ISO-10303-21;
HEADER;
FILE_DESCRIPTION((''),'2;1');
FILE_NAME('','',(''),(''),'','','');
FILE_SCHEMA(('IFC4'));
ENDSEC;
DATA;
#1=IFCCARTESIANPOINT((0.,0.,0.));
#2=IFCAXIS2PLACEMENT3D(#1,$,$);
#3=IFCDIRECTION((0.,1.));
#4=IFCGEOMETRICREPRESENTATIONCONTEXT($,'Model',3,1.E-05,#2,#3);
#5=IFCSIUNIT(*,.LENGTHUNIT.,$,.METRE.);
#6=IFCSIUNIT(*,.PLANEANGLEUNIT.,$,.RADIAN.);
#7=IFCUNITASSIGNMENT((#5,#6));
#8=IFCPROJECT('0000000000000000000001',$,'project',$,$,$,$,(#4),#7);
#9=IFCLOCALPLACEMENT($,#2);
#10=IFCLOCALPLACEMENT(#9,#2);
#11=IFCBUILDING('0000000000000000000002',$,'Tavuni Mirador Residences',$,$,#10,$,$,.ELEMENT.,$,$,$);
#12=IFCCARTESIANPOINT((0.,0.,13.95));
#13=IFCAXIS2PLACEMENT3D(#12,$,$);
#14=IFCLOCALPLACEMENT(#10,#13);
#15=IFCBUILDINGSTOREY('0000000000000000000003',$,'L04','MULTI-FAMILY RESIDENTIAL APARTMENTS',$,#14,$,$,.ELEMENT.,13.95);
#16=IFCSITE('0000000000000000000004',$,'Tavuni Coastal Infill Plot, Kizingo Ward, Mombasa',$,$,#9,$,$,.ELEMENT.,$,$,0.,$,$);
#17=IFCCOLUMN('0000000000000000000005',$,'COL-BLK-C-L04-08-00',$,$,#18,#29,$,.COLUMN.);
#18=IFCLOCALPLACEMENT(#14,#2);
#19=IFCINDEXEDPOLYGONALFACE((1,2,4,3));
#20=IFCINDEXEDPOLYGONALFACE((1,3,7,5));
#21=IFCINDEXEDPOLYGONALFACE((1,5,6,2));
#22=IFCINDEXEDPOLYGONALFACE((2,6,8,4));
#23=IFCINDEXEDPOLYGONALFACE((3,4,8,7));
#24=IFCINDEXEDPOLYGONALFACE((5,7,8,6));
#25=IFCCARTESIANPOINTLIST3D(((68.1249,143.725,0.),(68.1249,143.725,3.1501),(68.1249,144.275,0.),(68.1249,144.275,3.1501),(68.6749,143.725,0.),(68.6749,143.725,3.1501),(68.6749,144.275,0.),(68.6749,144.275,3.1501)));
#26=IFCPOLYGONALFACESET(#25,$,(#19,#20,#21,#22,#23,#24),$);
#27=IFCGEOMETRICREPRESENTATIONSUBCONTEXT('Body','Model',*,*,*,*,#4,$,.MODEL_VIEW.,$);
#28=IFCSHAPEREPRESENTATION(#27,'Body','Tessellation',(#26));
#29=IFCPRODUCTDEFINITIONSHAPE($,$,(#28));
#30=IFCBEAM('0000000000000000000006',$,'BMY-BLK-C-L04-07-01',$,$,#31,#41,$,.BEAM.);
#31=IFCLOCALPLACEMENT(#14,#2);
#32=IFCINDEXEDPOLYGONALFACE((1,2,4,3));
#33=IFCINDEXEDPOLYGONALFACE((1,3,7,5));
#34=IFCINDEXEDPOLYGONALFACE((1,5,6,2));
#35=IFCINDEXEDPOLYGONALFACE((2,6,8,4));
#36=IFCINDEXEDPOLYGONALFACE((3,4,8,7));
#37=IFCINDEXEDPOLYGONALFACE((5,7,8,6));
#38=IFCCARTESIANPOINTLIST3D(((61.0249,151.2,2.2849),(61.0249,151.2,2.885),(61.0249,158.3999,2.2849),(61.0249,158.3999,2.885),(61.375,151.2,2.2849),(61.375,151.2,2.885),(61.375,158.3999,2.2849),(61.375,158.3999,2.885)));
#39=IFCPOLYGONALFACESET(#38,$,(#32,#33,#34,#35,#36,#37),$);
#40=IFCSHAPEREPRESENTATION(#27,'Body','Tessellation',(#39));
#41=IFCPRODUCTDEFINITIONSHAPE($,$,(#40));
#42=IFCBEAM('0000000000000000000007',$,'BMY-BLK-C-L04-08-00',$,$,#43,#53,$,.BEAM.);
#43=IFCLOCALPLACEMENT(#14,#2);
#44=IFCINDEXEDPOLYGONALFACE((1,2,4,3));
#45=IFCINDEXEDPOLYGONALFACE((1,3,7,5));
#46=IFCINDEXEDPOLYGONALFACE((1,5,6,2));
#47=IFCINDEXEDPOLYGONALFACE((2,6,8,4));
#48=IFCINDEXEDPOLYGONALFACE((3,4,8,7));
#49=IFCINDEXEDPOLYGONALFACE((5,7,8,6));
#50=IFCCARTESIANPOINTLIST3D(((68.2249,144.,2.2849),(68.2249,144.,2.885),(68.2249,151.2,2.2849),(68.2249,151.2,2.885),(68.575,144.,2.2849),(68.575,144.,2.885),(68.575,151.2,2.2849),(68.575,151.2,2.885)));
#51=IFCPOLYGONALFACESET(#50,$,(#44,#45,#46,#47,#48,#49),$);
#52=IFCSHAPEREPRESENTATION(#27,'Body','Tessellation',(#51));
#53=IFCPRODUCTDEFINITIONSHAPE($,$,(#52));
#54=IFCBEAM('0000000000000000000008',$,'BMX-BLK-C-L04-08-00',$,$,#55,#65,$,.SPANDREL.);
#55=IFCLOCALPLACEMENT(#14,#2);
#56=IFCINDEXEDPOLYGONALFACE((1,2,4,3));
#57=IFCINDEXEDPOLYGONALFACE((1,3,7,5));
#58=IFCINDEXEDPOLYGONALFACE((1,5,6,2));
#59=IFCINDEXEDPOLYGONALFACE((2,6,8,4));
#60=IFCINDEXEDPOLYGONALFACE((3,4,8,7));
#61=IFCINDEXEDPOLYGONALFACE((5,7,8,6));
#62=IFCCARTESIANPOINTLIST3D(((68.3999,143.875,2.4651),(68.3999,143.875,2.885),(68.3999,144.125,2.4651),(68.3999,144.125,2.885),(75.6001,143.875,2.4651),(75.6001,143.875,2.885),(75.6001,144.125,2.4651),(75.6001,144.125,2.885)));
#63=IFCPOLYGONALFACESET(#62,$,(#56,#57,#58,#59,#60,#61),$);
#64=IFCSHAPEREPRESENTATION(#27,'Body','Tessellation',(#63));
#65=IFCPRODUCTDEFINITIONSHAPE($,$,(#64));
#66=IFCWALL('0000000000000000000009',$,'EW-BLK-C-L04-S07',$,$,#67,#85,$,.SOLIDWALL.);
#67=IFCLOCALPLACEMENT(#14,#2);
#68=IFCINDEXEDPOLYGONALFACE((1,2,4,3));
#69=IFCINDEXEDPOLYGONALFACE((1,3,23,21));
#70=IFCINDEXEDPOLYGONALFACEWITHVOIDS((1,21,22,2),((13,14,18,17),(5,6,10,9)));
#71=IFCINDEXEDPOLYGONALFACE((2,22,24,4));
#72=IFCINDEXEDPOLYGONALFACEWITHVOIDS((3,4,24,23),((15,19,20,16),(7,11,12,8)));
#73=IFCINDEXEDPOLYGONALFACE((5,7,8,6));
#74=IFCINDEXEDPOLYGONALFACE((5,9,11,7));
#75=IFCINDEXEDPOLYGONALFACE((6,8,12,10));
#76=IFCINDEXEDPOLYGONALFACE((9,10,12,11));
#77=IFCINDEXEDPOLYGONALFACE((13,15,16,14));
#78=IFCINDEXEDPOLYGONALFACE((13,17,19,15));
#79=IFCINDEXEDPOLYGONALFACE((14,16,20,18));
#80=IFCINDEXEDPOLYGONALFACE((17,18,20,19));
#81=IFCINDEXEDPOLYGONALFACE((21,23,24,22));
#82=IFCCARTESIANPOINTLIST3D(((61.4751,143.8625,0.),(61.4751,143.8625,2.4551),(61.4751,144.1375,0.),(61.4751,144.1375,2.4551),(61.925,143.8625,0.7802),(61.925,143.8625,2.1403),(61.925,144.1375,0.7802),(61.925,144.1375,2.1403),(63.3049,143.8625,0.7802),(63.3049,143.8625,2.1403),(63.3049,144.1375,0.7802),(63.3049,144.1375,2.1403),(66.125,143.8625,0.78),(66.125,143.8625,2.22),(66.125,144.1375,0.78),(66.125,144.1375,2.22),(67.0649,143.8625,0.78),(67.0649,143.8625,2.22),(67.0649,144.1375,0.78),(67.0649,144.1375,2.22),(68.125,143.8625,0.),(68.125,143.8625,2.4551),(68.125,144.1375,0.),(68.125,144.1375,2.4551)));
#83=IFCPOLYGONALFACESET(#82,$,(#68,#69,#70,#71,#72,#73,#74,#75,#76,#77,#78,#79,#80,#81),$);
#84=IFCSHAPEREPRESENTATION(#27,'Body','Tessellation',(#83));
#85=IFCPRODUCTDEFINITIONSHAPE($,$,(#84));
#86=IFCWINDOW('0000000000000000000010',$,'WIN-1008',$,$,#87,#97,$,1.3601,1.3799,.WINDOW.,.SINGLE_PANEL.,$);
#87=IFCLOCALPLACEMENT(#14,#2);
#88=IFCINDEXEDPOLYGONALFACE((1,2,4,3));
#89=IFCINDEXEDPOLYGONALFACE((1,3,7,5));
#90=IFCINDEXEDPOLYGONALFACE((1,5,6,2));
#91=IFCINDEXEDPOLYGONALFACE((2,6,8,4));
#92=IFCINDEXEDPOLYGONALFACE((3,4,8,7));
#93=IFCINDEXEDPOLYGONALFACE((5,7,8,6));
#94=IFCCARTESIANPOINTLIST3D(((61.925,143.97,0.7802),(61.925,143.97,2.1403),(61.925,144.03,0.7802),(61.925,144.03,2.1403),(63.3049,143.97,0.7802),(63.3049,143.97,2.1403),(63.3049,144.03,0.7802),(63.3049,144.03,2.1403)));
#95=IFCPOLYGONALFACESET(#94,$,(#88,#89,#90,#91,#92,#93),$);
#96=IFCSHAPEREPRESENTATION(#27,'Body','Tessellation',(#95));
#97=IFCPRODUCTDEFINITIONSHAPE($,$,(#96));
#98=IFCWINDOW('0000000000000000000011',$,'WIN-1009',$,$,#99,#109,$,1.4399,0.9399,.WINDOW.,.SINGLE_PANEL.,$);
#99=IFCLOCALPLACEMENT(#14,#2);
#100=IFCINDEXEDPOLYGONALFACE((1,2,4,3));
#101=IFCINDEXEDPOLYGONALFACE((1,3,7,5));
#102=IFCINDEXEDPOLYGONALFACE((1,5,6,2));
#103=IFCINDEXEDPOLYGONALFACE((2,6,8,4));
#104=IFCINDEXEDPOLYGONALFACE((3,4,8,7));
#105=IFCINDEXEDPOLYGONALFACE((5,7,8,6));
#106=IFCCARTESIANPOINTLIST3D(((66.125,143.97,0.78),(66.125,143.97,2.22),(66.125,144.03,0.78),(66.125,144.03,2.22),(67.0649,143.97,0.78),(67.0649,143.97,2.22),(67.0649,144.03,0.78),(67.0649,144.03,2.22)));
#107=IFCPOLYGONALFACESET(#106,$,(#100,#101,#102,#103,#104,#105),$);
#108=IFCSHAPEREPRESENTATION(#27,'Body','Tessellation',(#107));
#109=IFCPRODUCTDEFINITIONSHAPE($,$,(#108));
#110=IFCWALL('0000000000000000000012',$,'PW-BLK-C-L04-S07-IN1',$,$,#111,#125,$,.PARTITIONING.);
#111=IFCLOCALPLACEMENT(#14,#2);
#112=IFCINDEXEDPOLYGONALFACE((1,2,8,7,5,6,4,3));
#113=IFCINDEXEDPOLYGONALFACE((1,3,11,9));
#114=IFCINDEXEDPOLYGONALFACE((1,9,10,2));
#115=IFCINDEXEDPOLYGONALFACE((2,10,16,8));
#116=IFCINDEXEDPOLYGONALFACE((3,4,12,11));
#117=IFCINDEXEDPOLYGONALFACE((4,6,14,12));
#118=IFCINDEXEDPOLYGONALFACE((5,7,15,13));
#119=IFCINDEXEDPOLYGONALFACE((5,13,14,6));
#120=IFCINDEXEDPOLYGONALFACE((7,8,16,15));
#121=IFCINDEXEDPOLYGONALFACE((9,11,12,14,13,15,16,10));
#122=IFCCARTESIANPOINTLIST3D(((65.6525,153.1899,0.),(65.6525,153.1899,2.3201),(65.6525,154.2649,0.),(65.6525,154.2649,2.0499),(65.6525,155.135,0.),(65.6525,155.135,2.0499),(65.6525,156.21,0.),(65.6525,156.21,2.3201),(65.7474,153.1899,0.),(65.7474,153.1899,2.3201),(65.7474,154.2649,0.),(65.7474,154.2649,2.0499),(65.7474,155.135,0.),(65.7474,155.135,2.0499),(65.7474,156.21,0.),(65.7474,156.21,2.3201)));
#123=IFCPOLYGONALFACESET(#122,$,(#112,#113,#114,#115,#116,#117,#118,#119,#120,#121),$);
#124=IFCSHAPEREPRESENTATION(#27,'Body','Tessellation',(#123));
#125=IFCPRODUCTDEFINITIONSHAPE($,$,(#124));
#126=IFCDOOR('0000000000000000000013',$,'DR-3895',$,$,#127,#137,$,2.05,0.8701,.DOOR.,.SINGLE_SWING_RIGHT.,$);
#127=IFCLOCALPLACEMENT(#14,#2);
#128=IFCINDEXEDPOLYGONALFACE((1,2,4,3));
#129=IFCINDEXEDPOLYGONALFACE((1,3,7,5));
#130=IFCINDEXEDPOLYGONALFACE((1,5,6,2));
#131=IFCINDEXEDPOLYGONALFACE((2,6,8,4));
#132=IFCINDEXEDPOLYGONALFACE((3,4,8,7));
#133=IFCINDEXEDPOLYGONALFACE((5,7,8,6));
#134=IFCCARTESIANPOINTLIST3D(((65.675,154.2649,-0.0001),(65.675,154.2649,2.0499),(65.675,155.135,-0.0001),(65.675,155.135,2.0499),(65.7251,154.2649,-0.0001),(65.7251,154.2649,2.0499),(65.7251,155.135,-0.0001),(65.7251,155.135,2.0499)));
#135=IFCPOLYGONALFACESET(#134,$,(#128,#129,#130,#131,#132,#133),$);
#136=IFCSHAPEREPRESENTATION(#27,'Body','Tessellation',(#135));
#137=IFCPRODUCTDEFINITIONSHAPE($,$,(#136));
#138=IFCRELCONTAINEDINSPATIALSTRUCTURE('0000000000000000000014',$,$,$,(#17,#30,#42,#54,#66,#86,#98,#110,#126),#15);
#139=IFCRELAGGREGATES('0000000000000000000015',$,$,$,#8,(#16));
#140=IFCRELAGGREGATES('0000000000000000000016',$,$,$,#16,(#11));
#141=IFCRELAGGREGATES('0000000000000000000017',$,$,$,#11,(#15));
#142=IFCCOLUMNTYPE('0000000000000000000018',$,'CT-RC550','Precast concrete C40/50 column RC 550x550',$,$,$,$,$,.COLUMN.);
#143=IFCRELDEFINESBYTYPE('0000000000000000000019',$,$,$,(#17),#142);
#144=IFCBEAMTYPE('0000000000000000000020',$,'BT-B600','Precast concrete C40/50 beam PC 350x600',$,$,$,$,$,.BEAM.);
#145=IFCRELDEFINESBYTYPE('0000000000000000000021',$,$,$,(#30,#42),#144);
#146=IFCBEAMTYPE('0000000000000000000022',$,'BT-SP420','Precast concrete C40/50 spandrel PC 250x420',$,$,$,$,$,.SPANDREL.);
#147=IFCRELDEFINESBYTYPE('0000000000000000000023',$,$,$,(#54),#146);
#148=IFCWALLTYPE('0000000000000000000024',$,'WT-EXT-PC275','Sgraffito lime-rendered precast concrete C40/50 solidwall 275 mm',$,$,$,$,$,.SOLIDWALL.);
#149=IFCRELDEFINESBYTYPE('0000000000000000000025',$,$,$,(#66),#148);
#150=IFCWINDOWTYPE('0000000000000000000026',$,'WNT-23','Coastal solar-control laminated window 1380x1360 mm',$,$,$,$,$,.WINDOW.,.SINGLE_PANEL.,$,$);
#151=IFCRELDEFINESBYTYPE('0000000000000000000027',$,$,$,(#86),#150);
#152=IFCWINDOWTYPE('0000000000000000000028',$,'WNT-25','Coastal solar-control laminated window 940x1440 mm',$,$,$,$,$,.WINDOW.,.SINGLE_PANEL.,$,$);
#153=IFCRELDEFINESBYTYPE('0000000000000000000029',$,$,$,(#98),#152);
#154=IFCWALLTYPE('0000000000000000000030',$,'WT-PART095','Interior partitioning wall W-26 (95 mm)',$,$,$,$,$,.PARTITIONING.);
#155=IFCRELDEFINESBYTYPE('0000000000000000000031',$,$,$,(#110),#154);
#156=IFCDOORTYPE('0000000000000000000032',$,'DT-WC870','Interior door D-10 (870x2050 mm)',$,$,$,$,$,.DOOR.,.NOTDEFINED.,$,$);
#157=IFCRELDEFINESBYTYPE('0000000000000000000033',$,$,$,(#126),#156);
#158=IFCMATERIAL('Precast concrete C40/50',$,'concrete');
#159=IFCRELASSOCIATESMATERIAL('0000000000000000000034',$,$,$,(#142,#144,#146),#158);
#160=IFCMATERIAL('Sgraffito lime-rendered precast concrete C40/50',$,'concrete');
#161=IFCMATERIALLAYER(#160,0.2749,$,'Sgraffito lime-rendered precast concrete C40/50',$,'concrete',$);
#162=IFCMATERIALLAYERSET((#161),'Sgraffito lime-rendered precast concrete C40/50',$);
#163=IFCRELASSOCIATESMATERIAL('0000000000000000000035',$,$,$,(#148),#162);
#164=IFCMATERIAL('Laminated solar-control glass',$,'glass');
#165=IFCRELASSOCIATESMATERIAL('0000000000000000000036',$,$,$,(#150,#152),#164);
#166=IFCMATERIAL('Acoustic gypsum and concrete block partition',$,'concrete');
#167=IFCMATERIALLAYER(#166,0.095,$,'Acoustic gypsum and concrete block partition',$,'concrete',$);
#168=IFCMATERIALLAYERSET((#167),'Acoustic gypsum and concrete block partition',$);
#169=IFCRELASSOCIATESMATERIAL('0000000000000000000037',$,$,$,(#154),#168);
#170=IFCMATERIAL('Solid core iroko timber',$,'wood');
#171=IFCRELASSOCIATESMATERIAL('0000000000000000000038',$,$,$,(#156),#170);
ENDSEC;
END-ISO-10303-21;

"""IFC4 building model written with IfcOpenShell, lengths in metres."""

from ifc_helpers import new_model, si_unit, direction, frame, frame_2d, origin, origin_2d, place, context, subcontext, project, spatial, rectangle, extrude, material, layer, layer_set, material_profile, profile_set, type_object, element, fill, save


model = new_model("IFC4")

# Units and contexts
model_context = context("Model", 3, precision=1e-05, world=origin(), true_north=direction((0.0, 1.0)))
body_context = subcontext(model_context, "Body", "Model", "MODEL_VIEW")
ifc_project = project(units=[si_unit("LENGTHUNIT", "METRE"), si_unit("PLANEANGLEUNIT", "RADIAN")], contexts=[model_context])

# Site, building, storey
site_placement = place(None, origin())
site = spatial("IfcSite", under=ifc_project, at=site_placement, Name="Tavuni Coastal Infill Plot, Kizingo Ward, Mombasa", CompositionType="ELEMENT", RefElevation=0.0)
building_placement = place(site_placement, origin())
building = spatial("IfcBuilding", under=site, at=building_placement, Name="Tavuni Mirador Residences", CompositionType="ELEMENT")
storey_placement = place(building_placement, frame((0.0, 0.0, 13.95)))
storey = spatial("IfcBuildingStorey", under=building, at=storey_placement, Name="L04", Description="MULTI-FAMILY RESIDENTIAL APARTMENTS", CompositionType="ELEMENT", Elevation=13.95)

# Column
ifc_material_1 = material(Name="Precast concrete C40/50", Category="concrete")
ifc_material_profile_1 = material_profile(ifc_material_1, rectangle(XDim=0.55, YDim=0.55, at=origin_2d()), Name="RC 550x550", Category="concrete")
ifc_profile_set_1 = profile_set([ifc_material_profile_1], Name="Precast concrete C40/50")
column_type = type_object("IfcColumnType", Name="CT-RC550", Description="Precast concrete C40/50 column RC 550x550", PredefinedType="COLUMN", material=ifc_profile_set_1)
column_placement = place(storey_placement, frame((68.3999, 144.0, 0.0), z_axis=(0.0, 0.0, 1.0), x_axis=(1.0, 0.0, 0.0)))
element("IfcColumn", 1, at=column_placement, inside=storey, type_object=column_type, Name="COL-BLK-C-L04-08-00", PredefinedType="COLUMN", context=body_context, shape_type="SweptSolid", body=[
    extrude(rectangle(XDim=0.55, YDim=0.55, at=origin_2d()), origin(), (0.0, 0.0, 1.0), 3.1501),
])

# Beams
ifc_material_profile_2 = material_profile(ifc_material_1, rectangle(XDim=0.3501, YDim=0.6001, at=origin_2d()), Name="PC 350x600", Category="concrete")
ifc_profile_set_2 = profile_set([ifc_material_profile_2], Name="Precast concrete C40/50")
beam_type_1 = type_object("IfcBeamType", Name="BT-B600", Description="Precast concrete C40/50 beam PC 350x600", PredefinedType="BEAM", material=ifc_profile_set_2)
for number, where, z_axis, x_axis, name in (
    (2, (61.2, 151.2, 2.585), (0.0, 1.0, 0.0), (-1.0, 0.0, 0.0), "BMY-BLK-C-L04-07-01"),
    (3, (68.3999, 144.0, 2.585), (0.0, 1.0, 0.0), (-1.0, 0.0, 0.0), "BMY-BLK-C-L04-08-00"),
):
    element("IfcBeam", number, at=place(storey_placement, frame(where, z_axis=z_axis, x_axis=x_axis)), inside=storey, type_object=beam_type_1, Name=name, PredefinedType="BEAM", context=body_context, shape_type="SweptSolid", body=[
        extrude(rectangle(XDim=0.3501, YDim=0.6001, at=origin_2d()), origin(), (0.0, 0.0, 1.0), 7.2),
    ])
ifc_material_profile_3 = material_profile(ifc_material_1, rectangle(XDim=0.25, YDim=0.4199, at=origin_2d()), Name="PC 250x420", Category="concrete")
ifc_profile_set_3 = profile_set([ifc_material_profile_3], Name="Precast concrete C40/50")
beam_type_2 = type_object("IfcBeamType", Name="BT-SP420", Description="Precast concrete C40/50 spandrel PC 250x420", PredefinedType="SPANDREL", material=ifc_profile_set_3)
beam_placement = place(storey_placement, frame((68.3999, 144.0, 2.675), z_axis=(1.0, 0.0, 0.0), x_axis=(0.0, 1.0, 0.0)))
element("IfcBeam", 4, at=beam_placement, inside=storey, type_object=beam_type_2, Name="BMX-BLK-C-L04-08-00", PredefinedType="SPANDREL", context=body_context, shape_type="SweptSolid", body=[
    extrude(rectangle(XDim=0.25, YDim=0.4199, at=origin_2d()), origin(), (0.0, 0.0, 1.0), 7.2002),
])

# Shared definitions
ifc_material_2 = material(Name="Solid core iroko timber", Category="wood")

# Wall, openings, windows
ifc_material_3 = material(Name="Sgraffito lime-rendered precast concrete C40/50", Category="concrete")
ifc_layer_1 = layer(ifc_material_3, 0.2749, Name="Sgraffito lime-rendered precast concrete C40/50", Category="concrete")
ifc_layer_set_1 = layer_set([ifc_layer_1], Name="Sgraffito lime-rendered precast concrete C40/50")
wall_type_1 = type_object("IfcWallType", Name="WT-EXT-PC275", Description="Sgraffito lime-rendered precast concrete C40/50 solidwall 275 mm", PredefinedType="SOLIDWALL", material=ifc_layer_set_1)
wall_1_placement = place(storey_placement, frame((61.4751, 144.0, 0.0), z_axis=(0.0, 0.0, 1.0), x_axis=(1.0, 0.0, 0.0)))
wall_1 = element("IfcWall", 5, at=wall_1_placement, inside=storey, type_object=wall_type_1, Name="EW-BLK-C-L04-S07", PredefinedType="SOLIDWALL", context=body_context, shape_type="SweptSolid", body=[
    extrude(rectangle(XDim=6.6499, YDim=0.2749, at=frame_2d((3.325, 0.0))), origin(), (0.0, 0.0, 1.0), 2.4551),
])
opening_1_placement = place(wall_1_placement, frame((0.45, 0.0, 0.78)))
opening_1 = element("IfcOpeningElement", 6, at=opening_1_placement, cuts=wall_1, PredefinedType="OPENING", context=body_context, shape_type="SweptSolid", body=[
    extrude(rectangle(XDim=1.3799, YDim=1.3601, at=frame_2d((0.6899, 0.6802))), frame((0.0, 0.1475, 0.0), z_axis=(0.0, -1.0, 0.0), x_axis=(1.0, 0.0, 0.0)), (0.0, 0.0, 1.0), 0.2949),
])
opening_2_placement = place(wall_1_placement, frame((4.6499, 0.0, 0.78)))
opening_2 = element("IfcOpeningElement", 7, at=opening_2_placement, cuts=wall_1, PredefinedType="OPENING", context=body_context, shape_type="SweptSolid", body=[
    extrude(rectangle(XDim=0.9399, YDim=1.4399, at=frame_2d((0.47, 0.72))), frame((0.0, 0.1475, 0.0), z_axis=(0.0, -1.0, 0.0), x_axis=(1.0, 0.0, 0.0)), (0.0, 0.0, 1.0), 0.2949),
])
ifc_material_4 = material(Name="Laminated solar-control glass", Category="glass")
window_type_1 = type_object("IfcWindowType", Name="WNT-23", Description="Coastal solar-control laminated window 1380x1360 mm", PartitioningType="SINGLE_PANEL", PredefinedType="WINDOW", material=ifc_material_4)
window_1_placement = place(opening_1_placement, origin())
window_1 = element("IfcWindow", 8, at=window_1_placement, inside=storey, type_object=window_type_1, Name="WIN-1008", OverallHeight=1.3601, OverallWidth=1.3799, PartitioningType="SINGLE_PANEL", PredefinedType="WINDOW", context=body_context, shape_type="SweptSolid", body=[
    extrude(rectangle(XDim=1.3799, YDim=1.3601, at=frame_2d((0.6899, 0.6802))), frame((0.0, 0.03, 0.0), z_axis=(0.0, -1.0, 0.0), x_axis=(1.0, 0.0, 0.0)), (0.0, 0.0, 1.0), 0.0601),
])
fill(opening_1, window_1)
window_type_2 = type_object("IfcWindowType", Name="WNT-25", Description="Coastal solar-control laminated window 940x1440 mm", PartitioningType="SINGLE_PANEL", PredefinedType="WINDOW", material=ifc_material_4)
window_2_placement = place(opening_2_placement, origin())
window_2 = element("IfcWindow", 9, at=window_2_placement, inside=storey, type_object=window_type_2, Name="WIN-1009", OverallHeight=1.4399, OverallWidth=0.9399, PartitioningType="SINGLE_PANEL", PredefinedType="WINDOW", context=body_context, shape_type="SweptSolid", body=[
    extrude(rectangle(XDim=0.9399, YDim=1.4399, at=frame_2d((0.47, 0.72))), frame((0.0, 0.03, 0.0), z_axis=(0.0, -1.0, 0.0), x_axis=(1.0, 0.0, 0.0)), (0.0, 0.0, 1.0), 0.0601),
])
fill(opening_2, window_2)

# Wall, opening, door
ifc_material_5 = material(Name="Acoustic gypsum and concrete block partition", Category="concrete")
ifc_layer_2 = layer(ifc_material_5, 0.095, Name="Acoustic gypsum and concrete block partition", Category="concrete")
ifc_layer_set_2 = layer_set([ifc_layer_2], Name="Acoustic gypsum and concrete block partition")
wall_type_2 = type_object("IfcWallType", Name="WT-PART095", Description="Interior partitioning wall W-26 (95 mm)", PredefinedType="PARTITIONING", material=ifc_layer_set_2)
wall_2_placement = place(storey_placement, frame((65.7, 153.1899, 0.0), z_axis=(0.0, 0.0, 1.0), x_axis=(0.0, 1.0, 0.0)))
wall_2 = element("IfcWall", 10, at=wall_2_placement, inside=storey, type_object=wall_type_2, Name="PW-BLK-C-L04-S07-IN1", PredefinedType="PARTITIONING", context=body_context, shape_type="SweptSolid", body=[
    extrude(rectangle(XDim=3.02, YDim=0.095, at=frame_2d((1.51, 0.0))), origin(), (0.0, 0.0, 1.0), 2.3201),
])
opening_3_placement = place(wall_2_placement, frame((1.075, 0.0, 0.0)))
opening_3 = element("IfcOpeningElement", 11, at=opening_3_placement, cuts=wall_2, PredefinedType="OPENING", context=body_context, shape_type="SweptSolid", body=[
    extrude(rectangle(XDim=0.8701, YDim=2.05, at=frame_2d((0.4351, 1.0249))), frame((0.0, 0.0576, 0.0), z_axis=(0.0, -1.0, 0.0), x_axis=(1.0, 0.0, 0.0)), (0.0, 0.0, 1.0), 0.115),
])
door_type_1 = type_object("IfcDoorType", Name="DT-WC870", Description="Interior door D-10 (870x2050 mm)", OperationType="NOTDEFINED", PredefinedType="DOOR", material=ifc_material_2)
door_1_placement = place(opening_3_placement, origin())
door_1 = element("IfcDoor", 12, at=door_1_placement, inside=storey, type_object=door_type_1, Name="DR-3895", OperationType="SINGLE_SWING_RIGHT", OverallHeight=2.05, OverallWidth=0.8701, PredefinedType="DOOR", context=body_context, shape_type="SweptSolid", body=[
    extrude(rectangle(XDim=0.8701, YDim=2.05, at=frame_2d((0.4351, 1.0249))), frame((0.0, 0.0249, 0.0), z_axis=(0.0, -1.0, 0.0), x_axis=(1.0, 0.0, 0.0)), (0.0, 0.0, 1.0), 0.05),
])
fill(opening_3, door_1)

save(model, "model.ifc")
